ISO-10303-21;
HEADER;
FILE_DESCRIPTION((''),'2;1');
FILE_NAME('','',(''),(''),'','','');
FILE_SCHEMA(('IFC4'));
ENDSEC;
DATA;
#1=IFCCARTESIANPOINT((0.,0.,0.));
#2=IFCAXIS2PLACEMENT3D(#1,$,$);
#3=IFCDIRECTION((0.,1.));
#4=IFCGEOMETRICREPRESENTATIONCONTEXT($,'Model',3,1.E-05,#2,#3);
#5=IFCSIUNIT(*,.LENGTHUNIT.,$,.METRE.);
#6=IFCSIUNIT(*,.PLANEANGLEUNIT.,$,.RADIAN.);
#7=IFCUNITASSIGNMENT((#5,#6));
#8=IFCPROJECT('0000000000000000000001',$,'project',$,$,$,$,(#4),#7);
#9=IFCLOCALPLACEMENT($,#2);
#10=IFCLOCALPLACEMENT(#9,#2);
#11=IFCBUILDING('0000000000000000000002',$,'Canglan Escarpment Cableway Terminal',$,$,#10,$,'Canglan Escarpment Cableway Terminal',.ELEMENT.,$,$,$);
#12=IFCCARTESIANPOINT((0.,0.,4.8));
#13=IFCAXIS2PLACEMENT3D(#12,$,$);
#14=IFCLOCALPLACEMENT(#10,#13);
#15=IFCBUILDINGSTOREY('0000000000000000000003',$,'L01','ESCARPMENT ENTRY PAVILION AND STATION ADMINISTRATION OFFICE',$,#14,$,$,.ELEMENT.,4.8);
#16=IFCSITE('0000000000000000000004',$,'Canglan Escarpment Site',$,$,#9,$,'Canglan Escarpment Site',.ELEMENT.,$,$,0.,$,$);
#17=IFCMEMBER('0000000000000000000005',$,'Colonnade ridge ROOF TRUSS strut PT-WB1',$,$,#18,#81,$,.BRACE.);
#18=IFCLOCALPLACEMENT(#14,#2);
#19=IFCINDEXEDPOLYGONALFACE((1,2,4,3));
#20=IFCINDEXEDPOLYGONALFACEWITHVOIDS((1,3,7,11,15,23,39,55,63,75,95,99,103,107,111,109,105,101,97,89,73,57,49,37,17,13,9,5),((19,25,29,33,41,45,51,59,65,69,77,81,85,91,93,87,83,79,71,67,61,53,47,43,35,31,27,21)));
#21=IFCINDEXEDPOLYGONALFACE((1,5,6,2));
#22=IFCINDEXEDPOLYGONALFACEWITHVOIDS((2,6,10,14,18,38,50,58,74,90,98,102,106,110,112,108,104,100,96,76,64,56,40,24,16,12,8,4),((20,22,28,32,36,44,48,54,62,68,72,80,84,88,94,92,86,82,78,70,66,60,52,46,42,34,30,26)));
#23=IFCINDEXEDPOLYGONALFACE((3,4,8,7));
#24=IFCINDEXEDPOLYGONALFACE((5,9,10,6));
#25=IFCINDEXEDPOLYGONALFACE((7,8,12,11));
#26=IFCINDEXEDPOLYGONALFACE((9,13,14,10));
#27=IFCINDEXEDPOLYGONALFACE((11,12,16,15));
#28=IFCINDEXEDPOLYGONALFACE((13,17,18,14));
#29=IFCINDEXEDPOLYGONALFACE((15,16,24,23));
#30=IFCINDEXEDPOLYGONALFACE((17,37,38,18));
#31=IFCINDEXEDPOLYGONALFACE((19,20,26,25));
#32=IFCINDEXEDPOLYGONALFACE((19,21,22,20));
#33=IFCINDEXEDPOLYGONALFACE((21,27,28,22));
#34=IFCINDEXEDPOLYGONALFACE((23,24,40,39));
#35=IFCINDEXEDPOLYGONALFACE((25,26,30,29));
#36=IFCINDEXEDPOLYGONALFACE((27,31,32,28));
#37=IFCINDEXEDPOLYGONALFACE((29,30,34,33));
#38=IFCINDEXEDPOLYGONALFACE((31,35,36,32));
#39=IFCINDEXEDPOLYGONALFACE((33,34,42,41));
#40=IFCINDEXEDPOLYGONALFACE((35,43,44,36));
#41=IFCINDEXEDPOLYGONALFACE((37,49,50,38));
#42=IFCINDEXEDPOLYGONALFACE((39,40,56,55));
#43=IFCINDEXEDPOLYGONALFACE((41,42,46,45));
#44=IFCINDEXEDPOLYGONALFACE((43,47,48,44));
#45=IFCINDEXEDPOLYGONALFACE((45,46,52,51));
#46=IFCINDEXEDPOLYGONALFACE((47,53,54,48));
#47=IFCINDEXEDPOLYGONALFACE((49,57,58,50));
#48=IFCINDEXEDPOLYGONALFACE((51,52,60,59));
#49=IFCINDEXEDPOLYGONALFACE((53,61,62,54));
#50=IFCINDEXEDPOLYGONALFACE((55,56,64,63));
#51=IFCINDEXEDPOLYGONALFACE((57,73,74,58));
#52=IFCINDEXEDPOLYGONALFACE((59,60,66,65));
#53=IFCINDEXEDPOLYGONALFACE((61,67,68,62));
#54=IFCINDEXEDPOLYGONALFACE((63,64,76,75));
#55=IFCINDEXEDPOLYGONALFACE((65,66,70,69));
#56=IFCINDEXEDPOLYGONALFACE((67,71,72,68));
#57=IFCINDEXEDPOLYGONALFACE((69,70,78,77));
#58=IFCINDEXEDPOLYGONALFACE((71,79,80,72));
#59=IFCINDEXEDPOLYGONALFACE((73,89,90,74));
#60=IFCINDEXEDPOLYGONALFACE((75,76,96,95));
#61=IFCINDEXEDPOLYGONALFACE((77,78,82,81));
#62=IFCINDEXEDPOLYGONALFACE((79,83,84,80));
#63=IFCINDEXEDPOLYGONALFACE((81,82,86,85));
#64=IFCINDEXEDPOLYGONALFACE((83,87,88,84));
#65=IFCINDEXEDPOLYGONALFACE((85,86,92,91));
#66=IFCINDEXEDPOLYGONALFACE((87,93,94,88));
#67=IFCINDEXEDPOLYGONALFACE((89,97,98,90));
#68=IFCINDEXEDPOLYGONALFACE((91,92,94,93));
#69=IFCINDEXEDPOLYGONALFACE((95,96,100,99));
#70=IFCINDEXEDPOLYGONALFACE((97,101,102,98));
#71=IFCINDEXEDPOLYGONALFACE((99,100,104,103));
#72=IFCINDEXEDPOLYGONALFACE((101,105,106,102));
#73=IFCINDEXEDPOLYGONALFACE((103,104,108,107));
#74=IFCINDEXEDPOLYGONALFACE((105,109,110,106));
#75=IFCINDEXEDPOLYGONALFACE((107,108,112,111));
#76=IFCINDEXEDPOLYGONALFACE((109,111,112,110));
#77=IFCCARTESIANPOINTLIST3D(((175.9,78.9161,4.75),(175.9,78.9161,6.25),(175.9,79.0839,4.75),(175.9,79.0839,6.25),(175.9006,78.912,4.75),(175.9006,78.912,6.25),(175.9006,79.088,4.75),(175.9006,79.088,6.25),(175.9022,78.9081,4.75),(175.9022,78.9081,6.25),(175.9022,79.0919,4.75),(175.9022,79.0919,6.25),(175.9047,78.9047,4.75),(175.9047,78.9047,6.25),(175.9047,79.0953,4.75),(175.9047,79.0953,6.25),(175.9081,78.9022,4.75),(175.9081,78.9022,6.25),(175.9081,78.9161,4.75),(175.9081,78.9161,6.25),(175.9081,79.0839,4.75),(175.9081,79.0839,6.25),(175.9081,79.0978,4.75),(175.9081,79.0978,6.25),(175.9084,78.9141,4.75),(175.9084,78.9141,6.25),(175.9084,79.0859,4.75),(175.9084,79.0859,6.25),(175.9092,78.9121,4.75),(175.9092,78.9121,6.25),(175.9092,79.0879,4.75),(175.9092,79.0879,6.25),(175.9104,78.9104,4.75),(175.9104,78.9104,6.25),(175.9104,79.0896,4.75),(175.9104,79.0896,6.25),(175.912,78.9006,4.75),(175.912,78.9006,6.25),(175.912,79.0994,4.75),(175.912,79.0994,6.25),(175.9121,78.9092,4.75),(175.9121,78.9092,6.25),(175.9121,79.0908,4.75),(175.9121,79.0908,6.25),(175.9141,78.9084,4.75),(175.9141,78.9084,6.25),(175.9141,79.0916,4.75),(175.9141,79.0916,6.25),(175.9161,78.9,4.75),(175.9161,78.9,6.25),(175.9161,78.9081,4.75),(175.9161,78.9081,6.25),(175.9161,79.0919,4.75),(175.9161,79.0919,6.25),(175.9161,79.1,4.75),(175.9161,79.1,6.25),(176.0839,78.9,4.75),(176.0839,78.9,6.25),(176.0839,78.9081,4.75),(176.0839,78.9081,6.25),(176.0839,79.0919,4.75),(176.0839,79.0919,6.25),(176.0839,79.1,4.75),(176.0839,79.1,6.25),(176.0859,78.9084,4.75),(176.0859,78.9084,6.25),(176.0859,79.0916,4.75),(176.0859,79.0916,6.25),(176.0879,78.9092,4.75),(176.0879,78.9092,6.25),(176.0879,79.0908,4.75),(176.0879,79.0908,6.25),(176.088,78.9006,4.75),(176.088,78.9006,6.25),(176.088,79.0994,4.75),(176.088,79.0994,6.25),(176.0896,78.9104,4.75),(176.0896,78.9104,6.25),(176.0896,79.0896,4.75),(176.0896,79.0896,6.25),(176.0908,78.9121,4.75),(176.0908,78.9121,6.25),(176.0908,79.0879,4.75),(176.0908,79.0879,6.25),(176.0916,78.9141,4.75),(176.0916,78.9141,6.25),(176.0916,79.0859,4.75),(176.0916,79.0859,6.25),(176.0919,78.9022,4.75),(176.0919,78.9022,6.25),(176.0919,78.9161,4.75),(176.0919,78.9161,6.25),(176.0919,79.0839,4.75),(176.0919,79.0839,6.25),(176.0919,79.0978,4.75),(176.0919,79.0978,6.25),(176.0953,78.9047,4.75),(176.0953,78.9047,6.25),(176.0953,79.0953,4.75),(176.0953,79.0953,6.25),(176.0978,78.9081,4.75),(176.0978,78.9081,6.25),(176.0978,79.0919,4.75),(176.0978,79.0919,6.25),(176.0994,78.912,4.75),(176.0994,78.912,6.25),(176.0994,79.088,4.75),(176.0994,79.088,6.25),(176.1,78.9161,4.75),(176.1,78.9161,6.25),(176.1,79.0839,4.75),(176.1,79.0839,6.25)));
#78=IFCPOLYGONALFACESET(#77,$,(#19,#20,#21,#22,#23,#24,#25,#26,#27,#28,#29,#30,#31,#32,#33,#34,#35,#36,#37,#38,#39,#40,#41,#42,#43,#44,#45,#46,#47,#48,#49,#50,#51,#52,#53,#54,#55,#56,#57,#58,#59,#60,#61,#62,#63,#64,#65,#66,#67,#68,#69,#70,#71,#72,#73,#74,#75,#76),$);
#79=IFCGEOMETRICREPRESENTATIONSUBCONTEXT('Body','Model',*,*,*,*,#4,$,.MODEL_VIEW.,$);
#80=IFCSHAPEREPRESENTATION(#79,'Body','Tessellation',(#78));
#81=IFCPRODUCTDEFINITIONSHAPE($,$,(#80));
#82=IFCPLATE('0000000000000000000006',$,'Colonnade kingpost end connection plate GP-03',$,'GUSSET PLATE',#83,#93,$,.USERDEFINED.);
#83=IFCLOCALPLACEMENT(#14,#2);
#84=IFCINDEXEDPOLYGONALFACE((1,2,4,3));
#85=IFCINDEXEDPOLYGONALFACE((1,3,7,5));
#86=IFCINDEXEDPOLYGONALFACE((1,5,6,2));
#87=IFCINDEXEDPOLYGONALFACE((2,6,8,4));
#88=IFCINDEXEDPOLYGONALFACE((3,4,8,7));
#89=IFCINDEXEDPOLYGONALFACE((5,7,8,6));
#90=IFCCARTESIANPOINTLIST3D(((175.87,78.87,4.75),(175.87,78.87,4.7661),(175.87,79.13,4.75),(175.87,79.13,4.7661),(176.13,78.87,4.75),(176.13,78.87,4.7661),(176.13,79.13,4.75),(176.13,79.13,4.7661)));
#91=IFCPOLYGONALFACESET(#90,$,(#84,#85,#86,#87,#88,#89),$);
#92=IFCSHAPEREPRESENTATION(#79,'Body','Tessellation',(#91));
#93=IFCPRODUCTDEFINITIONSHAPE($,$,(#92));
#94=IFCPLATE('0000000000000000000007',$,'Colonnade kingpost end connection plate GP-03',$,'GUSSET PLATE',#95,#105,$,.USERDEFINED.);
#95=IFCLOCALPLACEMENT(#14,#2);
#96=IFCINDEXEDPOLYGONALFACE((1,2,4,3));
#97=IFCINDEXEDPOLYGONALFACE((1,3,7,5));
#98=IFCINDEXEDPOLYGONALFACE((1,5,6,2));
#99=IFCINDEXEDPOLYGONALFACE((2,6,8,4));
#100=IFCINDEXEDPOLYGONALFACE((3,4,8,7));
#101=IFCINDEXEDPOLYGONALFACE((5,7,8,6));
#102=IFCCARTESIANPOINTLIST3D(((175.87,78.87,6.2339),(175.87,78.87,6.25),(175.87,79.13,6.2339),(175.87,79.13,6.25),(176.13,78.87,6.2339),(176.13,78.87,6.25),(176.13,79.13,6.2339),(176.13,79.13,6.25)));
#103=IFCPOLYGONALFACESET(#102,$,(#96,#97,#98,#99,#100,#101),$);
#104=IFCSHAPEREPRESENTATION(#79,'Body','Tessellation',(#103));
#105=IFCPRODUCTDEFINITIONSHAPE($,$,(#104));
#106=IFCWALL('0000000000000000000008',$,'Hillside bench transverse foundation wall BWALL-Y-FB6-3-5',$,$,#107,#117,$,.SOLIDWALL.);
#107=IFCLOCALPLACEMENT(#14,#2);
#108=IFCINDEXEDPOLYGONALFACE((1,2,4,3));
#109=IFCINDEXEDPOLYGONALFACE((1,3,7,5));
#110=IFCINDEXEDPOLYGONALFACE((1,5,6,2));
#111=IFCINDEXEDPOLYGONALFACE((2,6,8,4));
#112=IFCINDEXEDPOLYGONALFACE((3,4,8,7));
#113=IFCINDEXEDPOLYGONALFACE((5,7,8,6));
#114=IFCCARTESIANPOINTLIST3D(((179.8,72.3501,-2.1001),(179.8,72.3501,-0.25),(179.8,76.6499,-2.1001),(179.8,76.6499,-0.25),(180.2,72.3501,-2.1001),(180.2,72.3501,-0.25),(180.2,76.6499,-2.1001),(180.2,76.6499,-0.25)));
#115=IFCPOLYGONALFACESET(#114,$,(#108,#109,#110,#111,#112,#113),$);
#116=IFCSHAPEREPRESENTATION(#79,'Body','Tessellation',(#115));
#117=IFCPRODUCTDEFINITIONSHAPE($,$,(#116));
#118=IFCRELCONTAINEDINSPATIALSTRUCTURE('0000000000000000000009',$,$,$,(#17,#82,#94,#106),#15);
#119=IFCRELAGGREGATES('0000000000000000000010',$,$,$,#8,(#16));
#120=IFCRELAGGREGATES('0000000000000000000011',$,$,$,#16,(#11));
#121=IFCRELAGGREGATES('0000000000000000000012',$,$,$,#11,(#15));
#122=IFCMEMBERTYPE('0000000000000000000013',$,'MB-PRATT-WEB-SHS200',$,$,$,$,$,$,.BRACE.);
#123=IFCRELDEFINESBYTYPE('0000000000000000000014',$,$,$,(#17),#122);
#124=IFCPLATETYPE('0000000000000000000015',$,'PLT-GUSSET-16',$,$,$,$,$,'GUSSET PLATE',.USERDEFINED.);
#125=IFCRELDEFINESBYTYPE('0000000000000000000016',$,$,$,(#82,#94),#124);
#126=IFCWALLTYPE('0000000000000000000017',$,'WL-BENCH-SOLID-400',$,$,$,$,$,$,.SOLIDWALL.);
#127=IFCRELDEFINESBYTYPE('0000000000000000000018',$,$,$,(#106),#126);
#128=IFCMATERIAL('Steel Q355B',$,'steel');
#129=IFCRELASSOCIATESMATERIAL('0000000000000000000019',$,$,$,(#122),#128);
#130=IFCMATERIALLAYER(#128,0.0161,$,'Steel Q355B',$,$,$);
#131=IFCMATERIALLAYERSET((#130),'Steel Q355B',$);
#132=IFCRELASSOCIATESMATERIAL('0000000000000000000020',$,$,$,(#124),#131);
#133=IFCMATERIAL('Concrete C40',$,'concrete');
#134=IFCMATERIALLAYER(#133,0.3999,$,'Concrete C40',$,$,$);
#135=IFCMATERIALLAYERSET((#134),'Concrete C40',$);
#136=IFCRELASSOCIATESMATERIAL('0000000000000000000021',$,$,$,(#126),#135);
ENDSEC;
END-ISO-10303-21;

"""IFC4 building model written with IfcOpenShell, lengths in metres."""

from ifc_helpers import new_model, si_unit, direction, frame, frame_2d, origin, origin_2d, place, context, subcontext, project, spatial, rectangle, hollow_rectangle, extrude, material, layer, layer_set, material_profile, profile_set, type_object, element, save


model = new_model("IFC4")

# Units and contexts
model_context = context("Model", 3, precision=1e-05, world=origin(), true_north=direction((0.0, 1.0)))
body_context = subcontext(model_context, "Body", "Model", "MODEL_VIEW")
ifc_project = project(units=[si_unit("LENGTHUNIT", "METRE"), si_unit("PLANEANGLEUNIT", "RADIAN")], contexts=[model_context])

# Site, building, storey
site_placement = place(None, origin())
site = spatial("IfcSite", under=ifc_project, at=site_placement, Name="Canglan Escarpment Site", LongName="Canglan Escarpment Site", CompositionType="ELEMENT", RefElevation=0.0)
building_placement = place(site_placement, origin())
building = spatial("IfcBuilding", under=site, at=building_placement, Name="Canglan Escarpment Cableway Terminal", LongName="Canglan Escarpment Cableway Terminal", CompositionType="ELEMENT")
storey_placement = place(building_placement, frame((0.0, 0.0, 4.8)))
storey = spatial("IfcBuildingStorey", under=building, at=storey_placement, Name="L01", Description="ESCARPMENT ENTRY PAVILION AND STATION ADMINISTRATION OFFICE", CompositionType="ELEMENT", Elevation=4.8)

# Shared definitions
ifc_material_1 = material(Name="Concrete C40", Category="concrete")

# Shared definitions
ifc_material_2 = material(Name="Steel Q355B", Category="steel")

# Member
ifc_material_profile_1 = material_profile(ifc_material_2, hollow_rectangle(XDim=0.2, YDim=0.2, WallThickness=0.0081, InnerFilletRadius=0.0081, OuterFilletRadius=0.0161, at=origin_2d()), Name="SHS 200x200x8")
ifc_profile_set_1 = profile_set([ifc_material_profile_1], Name="Steel Q355B")
member_type_1 = type_object("IfcMemberType", Name="MB-PRATT-WEB-SHS200", PredefinedType="BRACE", material=ifc_profile_set_1)
member_1_placement = place(storey_placement, frame((176.0, 79.0, 4.75), z_axis=(0.0, 0.0, 1.0), x_axis=(1.0, 0.0, 0.0)))
element("IfcMember", 1, at=member_1_placement, inside=storey, type_object=member_type_1, Name="Colonnade ridge ROOF TRUSS strut PT-WB1", PredefinedType="BRACE", context=body_context, shape_type="SweptSolid", body=[
    extrude(hollow_rectangle(XDim=0.2, YDim=0.2, WallThickness=0.0081, InnerFilletRadius=0.0081, OuterFilletRadius=0.0161, at=origin_2d()), origin(), (0.0, 0.0, 1.0), 1.5),
])

# Plates
ifc_layer_1 = layer(ifc_material_2, 0.0161, Name="Steel Q355B")
ifc_layer_set_1 = layer_set([ifc_layer_1], Name="Steel Q355B")
plate_type = type_object("IfcPlateType", Name="PLT-GUSSET-16", ElementType="GUSSET PLATE", PredefinedType="USERDEFINED", material=ifc_layer_set_1)
for number, where, z_axis, x_axis, name in (
    (2, (176.0, 79.0, 4.75), (0.0, 0.0, 1.0), (1.0, 0.0, 0.0), "Colonnade kingpost end connection plate GP-03"),
    (3, (176.0, 79.0, 6.2339), (0.0, 0.0, 1.0), (1.0, 0.0, 0.0), "Colonnade kingpost end connection plate GP-03"),
):
    element("IfcPlate", number, at=place(storey_placement, frame(where, z_axis=z_axis, x_axis=x_axis)), inside=storey, type_object=plate_type, Name=name, ObjectType="GUSSET PLATE", PredefinedType="USERDEFINED", context=body_context, shape_type="SweptSolid", body=[
        extrude(rectangle(XDim=0.26, YDim=0.26, at=origin_2d()), origin(), (0.0, 0.0, 1.0), 0.0161),
    ])

# Wall
ifc_layer_2 = layer(ifc_material_1, 0.3999, Name="Concrete C40")
ifc_layer_set_2 = layer_set([ifc_layer_2], Name="Concrete C40")
wall_type = type_object("IfcWallType", Name="WL-BENCH-SOLID-400", PredefinedType="SOLIDWALL", material=ifc_layer_set_2)
wall_placement = place(storey_placement, frame((180.0, 72.3501, -2.1001), z_axis=(0.0, 0.0, 1.0), x_axis=(0.0, 1.0, 0.0)))
element("IfcWall", 4, at=wall_placement, inside=storey, type_object=wall_type, Name="Hillside bench transverse foundation wall BWALL-Y-FB6-3-5", PredefinedType="SOLIDWALL", context=body_context, shape_type="SweptSolid", body=[
    extrude(rectangle(XDim=4.2998, YDim=0.3999, at=frame_2d((2.1499, 0.0))), origin(), (0.0, 0.0, 1.0), 1.8501),
])

save(model, "model.ifc")
